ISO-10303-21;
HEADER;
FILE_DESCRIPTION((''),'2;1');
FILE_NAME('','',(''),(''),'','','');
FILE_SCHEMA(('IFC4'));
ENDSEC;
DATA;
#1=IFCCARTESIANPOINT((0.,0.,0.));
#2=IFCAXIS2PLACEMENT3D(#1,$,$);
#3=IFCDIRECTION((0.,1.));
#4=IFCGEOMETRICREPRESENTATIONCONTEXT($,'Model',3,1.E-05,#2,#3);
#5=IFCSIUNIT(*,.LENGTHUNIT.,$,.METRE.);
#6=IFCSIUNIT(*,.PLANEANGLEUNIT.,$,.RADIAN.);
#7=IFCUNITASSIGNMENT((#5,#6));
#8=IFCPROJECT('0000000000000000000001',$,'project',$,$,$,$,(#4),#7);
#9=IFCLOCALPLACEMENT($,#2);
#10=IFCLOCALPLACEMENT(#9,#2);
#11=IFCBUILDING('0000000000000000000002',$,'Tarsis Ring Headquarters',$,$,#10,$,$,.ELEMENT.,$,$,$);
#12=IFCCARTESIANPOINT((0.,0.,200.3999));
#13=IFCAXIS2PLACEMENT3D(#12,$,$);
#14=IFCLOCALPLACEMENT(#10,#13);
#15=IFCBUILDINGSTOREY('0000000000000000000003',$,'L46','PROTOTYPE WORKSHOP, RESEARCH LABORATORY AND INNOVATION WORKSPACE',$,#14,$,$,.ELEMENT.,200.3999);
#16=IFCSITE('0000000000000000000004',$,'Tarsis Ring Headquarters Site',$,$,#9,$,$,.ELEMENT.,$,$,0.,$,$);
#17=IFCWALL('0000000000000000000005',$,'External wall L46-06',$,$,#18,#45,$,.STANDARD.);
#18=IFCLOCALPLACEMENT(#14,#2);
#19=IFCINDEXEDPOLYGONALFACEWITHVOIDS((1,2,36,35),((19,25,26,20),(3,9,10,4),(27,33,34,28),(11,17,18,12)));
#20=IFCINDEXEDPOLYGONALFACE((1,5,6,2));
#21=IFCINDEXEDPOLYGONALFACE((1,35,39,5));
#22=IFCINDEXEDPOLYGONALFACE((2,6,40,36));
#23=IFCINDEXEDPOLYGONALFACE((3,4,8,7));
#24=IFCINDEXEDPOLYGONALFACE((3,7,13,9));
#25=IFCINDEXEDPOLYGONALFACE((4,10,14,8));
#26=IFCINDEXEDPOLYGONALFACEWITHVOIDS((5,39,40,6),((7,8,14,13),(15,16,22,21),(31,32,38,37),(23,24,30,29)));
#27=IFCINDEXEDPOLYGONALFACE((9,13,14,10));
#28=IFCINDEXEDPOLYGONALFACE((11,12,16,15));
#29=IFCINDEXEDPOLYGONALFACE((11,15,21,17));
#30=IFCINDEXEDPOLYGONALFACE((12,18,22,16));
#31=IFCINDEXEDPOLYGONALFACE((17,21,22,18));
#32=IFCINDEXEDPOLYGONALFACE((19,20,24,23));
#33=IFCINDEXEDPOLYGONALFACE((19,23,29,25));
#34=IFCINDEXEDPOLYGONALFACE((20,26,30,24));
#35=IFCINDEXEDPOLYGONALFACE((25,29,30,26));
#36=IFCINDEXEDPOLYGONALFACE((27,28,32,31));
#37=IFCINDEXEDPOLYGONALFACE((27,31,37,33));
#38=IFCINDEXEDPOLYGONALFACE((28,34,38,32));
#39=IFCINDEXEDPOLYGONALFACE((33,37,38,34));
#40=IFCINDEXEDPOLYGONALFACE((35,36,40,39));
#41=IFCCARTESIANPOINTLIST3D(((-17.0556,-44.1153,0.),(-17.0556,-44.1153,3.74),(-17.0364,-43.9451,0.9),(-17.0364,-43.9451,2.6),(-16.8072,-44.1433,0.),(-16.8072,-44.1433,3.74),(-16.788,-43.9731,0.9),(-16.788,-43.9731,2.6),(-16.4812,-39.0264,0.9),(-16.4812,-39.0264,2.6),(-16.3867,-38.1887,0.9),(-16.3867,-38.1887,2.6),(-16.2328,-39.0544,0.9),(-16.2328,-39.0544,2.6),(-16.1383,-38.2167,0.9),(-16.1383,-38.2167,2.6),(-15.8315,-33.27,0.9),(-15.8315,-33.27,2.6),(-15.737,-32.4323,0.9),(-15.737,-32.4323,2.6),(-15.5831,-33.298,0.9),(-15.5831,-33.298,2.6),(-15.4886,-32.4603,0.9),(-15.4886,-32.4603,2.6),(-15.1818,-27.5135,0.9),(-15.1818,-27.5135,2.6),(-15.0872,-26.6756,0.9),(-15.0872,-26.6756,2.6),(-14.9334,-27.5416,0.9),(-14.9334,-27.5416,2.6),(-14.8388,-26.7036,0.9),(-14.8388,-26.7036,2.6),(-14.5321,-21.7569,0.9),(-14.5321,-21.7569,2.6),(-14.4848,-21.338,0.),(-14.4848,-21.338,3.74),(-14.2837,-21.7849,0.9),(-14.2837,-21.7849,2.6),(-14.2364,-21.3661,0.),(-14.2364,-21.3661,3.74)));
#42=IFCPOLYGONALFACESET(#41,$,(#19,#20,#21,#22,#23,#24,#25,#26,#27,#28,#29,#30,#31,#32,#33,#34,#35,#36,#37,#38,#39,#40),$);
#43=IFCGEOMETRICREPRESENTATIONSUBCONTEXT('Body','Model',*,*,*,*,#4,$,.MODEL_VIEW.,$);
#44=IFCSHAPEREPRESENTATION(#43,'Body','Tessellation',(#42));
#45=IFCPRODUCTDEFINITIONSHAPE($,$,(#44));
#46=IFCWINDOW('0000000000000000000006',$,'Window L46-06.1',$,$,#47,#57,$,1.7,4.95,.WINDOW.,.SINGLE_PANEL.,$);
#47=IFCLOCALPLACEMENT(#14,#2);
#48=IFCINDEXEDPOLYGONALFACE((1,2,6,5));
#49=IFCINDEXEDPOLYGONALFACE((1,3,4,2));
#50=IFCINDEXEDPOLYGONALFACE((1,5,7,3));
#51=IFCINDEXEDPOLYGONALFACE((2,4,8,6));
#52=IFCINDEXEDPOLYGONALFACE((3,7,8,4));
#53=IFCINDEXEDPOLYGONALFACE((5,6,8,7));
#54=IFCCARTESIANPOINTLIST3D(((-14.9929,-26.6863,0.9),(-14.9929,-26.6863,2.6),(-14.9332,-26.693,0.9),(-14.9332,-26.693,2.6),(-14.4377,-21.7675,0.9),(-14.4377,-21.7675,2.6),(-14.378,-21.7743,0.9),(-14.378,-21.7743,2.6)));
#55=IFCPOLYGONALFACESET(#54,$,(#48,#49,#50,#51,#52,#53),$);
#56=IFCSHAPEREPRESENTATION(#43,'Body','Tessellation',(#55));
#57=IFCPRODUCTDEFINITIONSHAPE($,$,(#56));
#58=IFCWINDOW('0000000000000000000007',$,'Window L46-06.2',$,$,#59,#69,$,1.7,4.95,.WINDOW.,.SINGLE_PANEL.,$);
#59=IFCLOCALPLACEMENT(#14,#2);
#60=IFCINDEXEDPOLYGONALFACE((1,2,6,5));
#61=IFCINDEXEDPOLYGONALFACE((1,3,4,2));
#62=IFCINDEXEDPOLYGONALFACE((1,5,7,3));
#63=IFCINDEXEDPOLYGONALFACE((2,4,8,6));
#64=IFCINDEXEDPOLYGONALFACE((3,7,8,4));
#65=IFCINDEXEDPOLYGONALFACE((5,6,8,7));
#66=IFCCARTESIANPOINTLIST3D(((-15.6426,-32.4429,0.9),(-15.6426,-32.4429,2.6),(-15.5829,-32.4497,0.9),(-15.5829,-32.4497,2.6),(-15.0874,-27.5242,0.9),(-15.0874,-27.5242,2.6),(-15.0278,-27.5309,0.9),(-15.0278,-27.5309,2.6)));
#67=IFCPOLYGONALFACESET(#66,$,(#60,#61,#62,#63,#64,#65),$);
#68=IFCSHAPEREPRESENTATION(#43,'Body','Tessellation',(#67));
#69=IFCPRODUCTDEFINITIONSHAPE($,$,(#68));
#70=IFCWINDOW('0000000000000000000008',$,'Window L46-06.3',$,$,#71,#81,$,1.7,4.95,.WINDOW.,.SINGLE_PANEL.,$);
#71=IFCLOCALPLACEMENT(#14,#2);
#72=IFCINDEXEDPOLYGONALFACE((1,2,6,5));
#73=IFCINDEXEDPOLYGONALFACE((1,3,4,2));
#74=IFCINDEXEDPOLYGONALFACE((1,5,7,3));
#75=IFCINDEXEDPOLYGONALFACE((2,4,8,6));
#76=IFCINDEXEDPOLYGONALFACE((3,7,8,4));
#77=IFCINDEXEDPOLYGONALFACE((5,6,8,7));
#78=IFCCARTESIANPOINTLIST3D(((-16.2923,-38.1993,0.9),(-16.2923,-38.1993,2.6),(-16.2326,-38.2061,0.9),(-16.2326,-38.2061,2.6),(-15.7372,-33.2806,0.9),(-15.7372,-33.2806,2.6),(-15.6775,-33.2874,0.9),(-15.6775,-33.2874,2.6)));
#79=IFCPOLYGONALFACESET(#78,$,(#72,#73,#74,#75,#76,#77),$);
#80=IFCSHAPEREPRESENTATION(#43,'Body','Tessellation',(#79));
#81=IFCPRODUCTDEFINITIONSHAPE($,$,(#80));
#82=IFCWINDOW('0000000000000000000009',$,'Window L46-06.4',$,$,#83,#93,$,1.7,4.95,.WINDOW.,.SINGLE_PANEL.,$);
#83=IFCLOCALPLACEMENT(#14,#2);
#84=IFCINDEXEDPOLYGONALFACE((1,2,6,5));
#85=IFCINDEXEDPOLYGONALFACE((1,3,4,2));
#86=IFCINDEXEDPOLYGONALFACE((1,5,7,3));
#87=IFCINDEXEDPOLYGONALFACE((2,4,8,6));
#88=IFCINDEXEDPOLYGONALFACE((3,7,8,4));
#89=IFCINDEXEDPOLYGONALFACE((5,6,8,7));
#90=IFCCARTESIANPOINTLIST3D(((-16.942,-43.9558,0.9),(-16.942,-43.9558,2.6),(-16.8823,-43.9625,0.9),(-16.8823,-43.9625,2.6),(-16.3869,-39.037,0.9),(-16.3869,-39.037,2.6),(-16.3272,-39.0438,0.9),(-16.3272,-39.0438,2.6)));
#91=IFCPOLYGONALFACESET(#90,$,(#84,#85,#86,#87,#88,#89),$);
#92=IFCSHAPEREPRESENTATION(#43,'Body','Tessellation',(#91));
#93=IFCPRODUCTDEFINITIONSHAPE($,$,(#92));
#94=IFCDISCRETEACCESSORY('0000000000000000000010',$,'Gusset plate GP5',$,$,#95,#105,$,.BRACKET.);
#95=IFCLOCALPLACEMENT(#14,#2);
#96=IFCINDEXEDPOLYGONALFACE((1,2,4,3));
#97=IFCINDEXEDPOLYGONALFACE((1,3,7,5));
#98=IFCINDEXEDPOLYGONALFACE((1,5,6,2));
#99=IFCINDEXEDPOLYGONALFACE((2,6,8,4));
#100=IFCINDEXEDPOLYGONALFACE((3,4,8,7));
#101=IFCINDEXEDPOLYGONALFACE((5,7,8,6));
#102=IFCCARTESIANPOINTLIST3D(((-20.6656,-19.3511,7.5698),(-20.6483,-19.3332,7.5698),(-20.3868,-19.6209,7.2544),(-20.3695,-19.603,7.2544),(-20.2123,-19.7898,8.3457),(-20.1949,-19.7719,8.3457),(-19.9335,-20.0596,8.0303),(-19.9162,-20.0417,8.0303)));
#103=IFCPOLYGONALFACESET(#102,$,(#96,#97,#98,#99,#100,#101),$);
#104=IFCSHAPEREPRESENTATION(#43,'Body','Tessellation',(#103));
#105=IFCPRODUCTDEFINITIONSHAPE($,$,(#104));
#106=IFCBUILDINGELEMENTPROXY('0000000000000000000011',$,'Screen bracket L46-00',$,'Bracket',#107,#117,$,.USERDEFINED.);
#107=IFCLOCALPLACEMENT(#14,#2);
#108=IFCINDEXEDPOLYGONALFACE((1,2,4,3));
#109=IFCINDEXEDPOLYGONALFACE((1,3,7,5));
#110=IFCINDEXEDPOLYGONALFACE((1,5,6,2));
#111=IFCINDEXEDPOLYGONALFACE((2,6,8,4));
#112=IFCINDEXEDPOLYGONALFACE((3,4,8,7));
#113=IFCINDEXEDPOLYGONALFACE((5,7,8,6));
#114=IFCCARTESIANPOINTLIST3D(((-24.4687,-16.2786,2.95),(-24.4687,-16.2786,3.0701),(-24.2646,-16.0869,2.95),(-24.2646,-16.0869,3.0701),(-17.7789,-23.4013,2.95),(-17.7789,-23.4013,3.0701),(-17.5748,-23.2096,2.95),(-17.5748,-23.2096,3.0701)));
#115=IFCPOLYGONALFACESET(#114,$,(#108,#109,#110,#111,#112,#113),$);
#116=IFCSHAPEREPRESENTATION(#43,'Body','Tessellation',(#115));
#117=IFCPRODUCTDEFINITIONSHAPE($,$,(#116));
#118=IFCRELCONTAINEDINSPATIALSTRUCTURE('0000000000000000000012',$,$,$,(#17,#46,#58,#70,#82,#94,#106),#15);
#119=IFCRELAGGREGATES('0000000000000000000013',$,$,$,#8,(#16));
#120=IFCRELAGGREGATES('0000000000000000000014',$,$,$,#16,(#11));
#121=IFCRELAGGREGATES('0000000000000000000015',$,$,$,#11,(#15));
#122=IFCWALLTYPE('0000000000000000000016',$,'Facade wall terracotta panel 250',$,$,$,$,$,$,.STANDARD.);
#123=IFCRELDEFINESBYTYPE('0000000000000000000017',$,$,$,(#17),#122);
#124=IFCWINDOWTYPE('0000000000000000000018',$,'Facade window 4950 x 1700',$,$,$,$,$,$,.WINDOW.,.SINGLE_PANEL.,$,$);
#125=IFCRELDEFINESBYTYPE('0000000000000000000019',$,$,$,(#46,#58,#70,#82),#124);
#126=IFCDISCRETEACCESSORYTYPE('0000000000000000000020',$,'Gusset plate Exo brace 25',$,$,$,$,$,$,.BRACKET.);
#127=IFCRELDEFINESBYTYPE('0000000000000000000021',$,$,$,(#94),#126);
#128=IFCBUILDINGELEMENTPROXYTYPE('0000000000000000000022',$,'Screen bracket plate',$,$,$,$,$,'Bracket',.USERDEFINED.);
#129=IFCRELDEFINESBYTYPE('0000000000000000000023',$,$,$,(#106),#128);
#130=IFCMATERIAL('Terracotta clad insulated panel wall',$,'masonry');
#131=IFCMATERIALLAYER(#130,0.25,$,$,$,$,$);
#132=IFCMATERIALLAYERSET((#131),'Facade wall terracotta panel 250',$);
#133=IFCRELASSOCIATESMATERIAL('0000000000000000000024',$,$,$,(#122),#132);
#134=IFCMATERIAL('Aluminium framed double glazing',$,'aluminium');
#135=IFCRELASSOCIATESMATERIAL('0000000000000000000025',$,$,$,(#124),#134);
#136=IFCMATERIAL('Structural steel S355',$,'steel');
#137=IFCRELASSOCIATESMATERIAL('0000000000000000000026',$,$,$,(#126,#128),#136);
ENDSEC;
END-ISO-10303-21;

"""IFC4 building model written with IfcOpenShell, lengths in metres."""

from ifc_helpers import new_model, si_unit, direction, frame, frame_2d, origin, origin_2d, place, context, subcontext, project, spatial, rectangle, extrude, material, layer, layer_set, material_profile, profile_set, type_object, element, fill, save


model = new_model("IFC4")

# Units and contexts
model_context = context("Model", 3, precision=1e-05, world=origin(), true_north=direction((0.0, 1.0)))
body_context = subcontext(model_context, "Body", "Model", "MODEL_VIEW")
ifc_project = project(units=[si_unit("LENGTHUNIT", "METRE"), si_unit("PLANEANGLEUNIT", "RADIAN")], contexts=[model_context])

# Site, building, storey
site_placement = place(None, origin())
site = spatial("IfcSite", under=ifc_project, at=site_placement, Name="Tarsis Ring Headquarters Site", CompositionType="ELEMENT", RefElevation=0.0)
building_placement = place(site_placement, origin())
building = spatial("IfcBuilding", under=site, at=building_placement, Name="Tarsis Ring Headquarters", CompositionType="ELEMENT")
storey_placement = place(building_placement, frame((0.0, 0.0, 200.3999)))
storey = spatial("IfcBuildingStorey", under=building, at=storey_placement, Name="L46", Description="PROTOTYPE WORKSHOP, RESEARCH LABORATORY AND INNOVATION WORKSPACE", CompositionType="ELEMENT", Elevation=200.3999)

# Shared definitions
ifc_material_1 = material(Name="Structural steel S355", Category="steel")

# Shared definitions
ifc_material_2 = material(Name="Terracotta clad insulated panel wall", Category="masonry")
ifc_layer_1 = layer(ifc_material_2, 0.25)
ifc_layer_set_1 = layer_set([ifc_layer_1], Name="Facade wall terracotta panel 250")
wall_type_1 = type_object("IfcWallType", Name="Facade wall terracotta panel 250", PredefinedType="STANDARD", material=ifc_layer_set_1)
ifc_material_3 = material(Name="Aluminium framed double glazing", Category="aluminium")

# Wall, openings, windows
wall_1_placement = place(storey_placement, frame((-14.3606, -21.3521, 0.0), z_axis=(0.0, 0.0, 1.0), x_axis=(-0.112154, -0.993691, 0.0)))
wall_1 = element("IfcWall", 1, at=wall_1_placement, inside=storey, type_object=wall_type_1, Name="External wall L46-06", PredefinedType="STANDARD", context=body_context, shape_type="SweptSolid", body=[
    extrude(rectangle(XDim=22.9219, YDim=0.25, at=frame_2d((11.4609, 0.0))), origin(), (0.0, 0.0, 1.0), 3.74),
])
opening_1_placement = place(wall_1_placement, frame((0.4214, 0.0, 0.8999)))
opening_1 = element("IfcOpeningElement", 2, at=opening_1_placement, cuts=wall_1, PredefinedType="OPENING", context=body_context, shape_type="SweptSolid", body=[
    extrude(rectangle(XDim=4.95, YDim=1.7, at=frame_2d((2.4751, 0.8501))), frame((0.0, 0.135, 0.0), z_axis=(0.0, -1.0, 0.0), x_axis=(1.0, 0.0, 0.0)), (0.0, 0.0, 1.0), 0.27),
])
opening_2_placement = place(wall_1_placement, frame((6.2146, 0.0, 0.8999)))
opening_2 = element("IfcOpeningElement", 3, at=opening_2_placement, cuts=wall_1, PredefinedType="OPENING", context=body_context, shape_type="SweptSolid", body=[
    extrude(rectangle(XDim=4.95, YDim=1.7, at=frame_2d((2.4751, 0.8501))), frame((0.0, 0.135, 0.0), z_axis=(0.0, -1.0, 0.0), x_axis=(1.0, 0.0, 0.0)), (0.0, 0.0, 1.0), 0.27),
])
opening_3_placement = place(wall_1_placement, frame((12.0076, 0.0, 0.8999)))
opening_3 = element("IfcOpeningElement", 4, at=opening_3_placement, cuts=wall_1, PredefinedType="OPENING", context=body_context, shape_type="SweptSolid", body=[
    extrude(rectangle(XDim=4.95, YDim=1.7, at=frame_2d((2.4751, 0.8501))), frame((0.0, 0.135, 0.0), z_axis=(0.0, -1.0, 0.0), x_axis=(1.0, 0.0, 0.0)), (0.0, 0.0, 1.0), 0.27),
])
opening_4_placement = place(wall_1_placement, frame((17.8005, 0.0, 0.8999)))
opening_4 = element("IfcOpeningElement", 5, at=opening_4_placement, cuts=wall_1, PredefinedType="OPENING", context=body_context, shape_type="SweptSolid", body=[
    extrude(rectangle(XDim=4.95, YDim=1.7, at=frame_2d((2.4751, 0.8501))), frame((0.0, 0.135, 0.0), z_axis=(0.0, -1.0, 0.0), x_axis=(1.0, 0.0, 0.0)), (0.0, 0.0, 1.0), 0.27),
])
window_type_1 = type_object("IfcWindowType", Name="Facade window 4950 x 1700", PartitioningType="SINGLE_PANEL", PredefinedType="WINDOW", material=ifc_material_3)
window_1_placement = place(opening_1_placement, origin())
window_1 = element("IfcWindow", 6, at=window_1_placement, inside=storey, type_object=window_type_1, Name="Window L46-06.1", OverallHeight=1.7, OverallWidth=4.95, PartitioningType="SINGLE_PANEL", PredefinedType="WINDOW", context=body_context, shape_type="SweptSolid", body=[
    extrude(rectangle(XDim=4.95, YDim=1.7, at=frame_2d((2.4751, 0.8501))), frame((0.0, 0.03, 0.0), z_axis=(0.0, -1.0, 0.0), x_axis=(1.0, 0.0, 0.0)), (0.0, 0.0, 1.0), 0.0601),
])
fill(opening_1, window_1)
window_2_placement = place(opening_2_placement, origin())
window_2 = element("IfcWindow", 7, at=window_2_placement, inside=storey, type_object=window_type_1, Name="Window L46-06.2", OverallHeight=1.7, OverallWidth=4.95, PartitioningType="SINGLE_PANEL", PredefinedType="WINDOW", context=body_context, shape_type="SweptSolid", body=[
    extrude(rectangle(XDim=4.95, YDim=1.7, at=frame_2d((2.4751, 0.8501))), frame((0.0, 0.03, 0.0), z_axis=(0.0, -1.0, 0.0), x_axis=(1.0, 0.0, 0.0)), (0.0, 0.0, 1.0), 0.0601),
])
fill(opening_2, window_2)
window_3_placement = place(opening_3_placement, origin())
window_3 = element("IfcWindow", 8, at=window_3_placement, inside=storey, type_object=window_type_1, Name="Window L46-06.3", OverallHeight=1.7, OverallWidth=4.95, PartitioningType="SINGLE_PANEL", PredefinedType="WINDOW", context=body_context, shape_type="SweptSolid", body=[
    extrude(rectangle(XDim=4.95, YDim=1.7, at=frame_2d((2.4751, 0.8501))), frame((0.0, 0.03, 0.0), z_axis=(0.0, -1.0, 0.0), x_axis=(1.0, 0.0, 0.0)), (0.0, 0.0, 1.0), 0.0601),
])
fill(opening_3, window_3)
window_4_placement = place(opening_4_placement, origin())
window_4 = element("IfcWindow", 9, at=window_4_placement, inside=storey, type_object=window_type_1, Name="Window L46-06.4", OverallHeight=1.7, OverallWidth=4.95, PartitioningType="SINGLE_PANEL", PredefinedType="WINDOW", context=body_context, shape_type="SweptSolid", body=[
    extrude(rectangle(XDim=4.95, YDim=1.7, at=frame_2d((2.4751, 0.8501))), frame((0.0, 0.03, 0.0), z_axis=(0.0, -1.0, 0.0), x_axis=(1.0, 0.0, 0.0)), (0.0, 0.0, 1.0), 0.0601),
])
fill(opening_4, window_4)

# Discrete accessory
ifc_material_profile_1 = material_profile(ifc_material_1, rectangle(XDim=0.0249, YDim=0.5, at=origin_2d()), Name="PL 25x500")
ifc_profile_set_1 = profile_set([ifc_material_profile_1], Name="Structural steel S355")
discrete_accessory_type = type_object("IfcDiscreteAccessoryType", Name="Gusset plate Exo brace 25", PredefinedType="BRACKET", material=ifc_profile_set_1)
discrete_accessory_placement = place(storey_placement, frame((-20.5176, -19.4771, 7.4121), z_axis=(0.453367, -0.438719, 0.775876), x_axis=(0.695402, 0.718621, 0.0)))
element("IfcDiscreteAccessory", 10, at=discrete_accessory_placement, inside=storey, type_object=discrete_accessory_type, Name="Gusset plate GP5", PredefinedType="BRACKET", context=body_context, shape_type="SweptSolid", body=[
    extrude(rectangle(XDim=0.0249, YDim=0.5, at=origin_2d()), origin(), (0.0, 0.0, 1.0), 1.0),
])

# Building element proxy
building_element_proxy_type = type_object("IfcBuildingElementProxyType", Name="Screen bracket plate", ElementType="Bracket", PredefinedType="USERDEFINED", material=ifc_material_1)
proxy_placement = place(storey_placement, frame((-21.0217, -19.7441, 2.95), z_axis=(0.0, 0.0, 1.0), x_axis=(0.684611, -0.728909, 0.0)))
element("IfcBuildingElementProxy", 11, at=proxy_placement, inside=storey, type_object=building_element_proxy_type, Name="Screen bracket L46-00", ObjectType="Bracket", PredefinedType="USERDEFINED", context=body_context, shape_type="SweptSolid", body=[
    extrude(rectangle(XDim=9.7717, YDim=0.28, at=origin_2d()), origin(), (0.0, 0.0, 1.0), 0.1201),
])

save(model, "model.ifc")
